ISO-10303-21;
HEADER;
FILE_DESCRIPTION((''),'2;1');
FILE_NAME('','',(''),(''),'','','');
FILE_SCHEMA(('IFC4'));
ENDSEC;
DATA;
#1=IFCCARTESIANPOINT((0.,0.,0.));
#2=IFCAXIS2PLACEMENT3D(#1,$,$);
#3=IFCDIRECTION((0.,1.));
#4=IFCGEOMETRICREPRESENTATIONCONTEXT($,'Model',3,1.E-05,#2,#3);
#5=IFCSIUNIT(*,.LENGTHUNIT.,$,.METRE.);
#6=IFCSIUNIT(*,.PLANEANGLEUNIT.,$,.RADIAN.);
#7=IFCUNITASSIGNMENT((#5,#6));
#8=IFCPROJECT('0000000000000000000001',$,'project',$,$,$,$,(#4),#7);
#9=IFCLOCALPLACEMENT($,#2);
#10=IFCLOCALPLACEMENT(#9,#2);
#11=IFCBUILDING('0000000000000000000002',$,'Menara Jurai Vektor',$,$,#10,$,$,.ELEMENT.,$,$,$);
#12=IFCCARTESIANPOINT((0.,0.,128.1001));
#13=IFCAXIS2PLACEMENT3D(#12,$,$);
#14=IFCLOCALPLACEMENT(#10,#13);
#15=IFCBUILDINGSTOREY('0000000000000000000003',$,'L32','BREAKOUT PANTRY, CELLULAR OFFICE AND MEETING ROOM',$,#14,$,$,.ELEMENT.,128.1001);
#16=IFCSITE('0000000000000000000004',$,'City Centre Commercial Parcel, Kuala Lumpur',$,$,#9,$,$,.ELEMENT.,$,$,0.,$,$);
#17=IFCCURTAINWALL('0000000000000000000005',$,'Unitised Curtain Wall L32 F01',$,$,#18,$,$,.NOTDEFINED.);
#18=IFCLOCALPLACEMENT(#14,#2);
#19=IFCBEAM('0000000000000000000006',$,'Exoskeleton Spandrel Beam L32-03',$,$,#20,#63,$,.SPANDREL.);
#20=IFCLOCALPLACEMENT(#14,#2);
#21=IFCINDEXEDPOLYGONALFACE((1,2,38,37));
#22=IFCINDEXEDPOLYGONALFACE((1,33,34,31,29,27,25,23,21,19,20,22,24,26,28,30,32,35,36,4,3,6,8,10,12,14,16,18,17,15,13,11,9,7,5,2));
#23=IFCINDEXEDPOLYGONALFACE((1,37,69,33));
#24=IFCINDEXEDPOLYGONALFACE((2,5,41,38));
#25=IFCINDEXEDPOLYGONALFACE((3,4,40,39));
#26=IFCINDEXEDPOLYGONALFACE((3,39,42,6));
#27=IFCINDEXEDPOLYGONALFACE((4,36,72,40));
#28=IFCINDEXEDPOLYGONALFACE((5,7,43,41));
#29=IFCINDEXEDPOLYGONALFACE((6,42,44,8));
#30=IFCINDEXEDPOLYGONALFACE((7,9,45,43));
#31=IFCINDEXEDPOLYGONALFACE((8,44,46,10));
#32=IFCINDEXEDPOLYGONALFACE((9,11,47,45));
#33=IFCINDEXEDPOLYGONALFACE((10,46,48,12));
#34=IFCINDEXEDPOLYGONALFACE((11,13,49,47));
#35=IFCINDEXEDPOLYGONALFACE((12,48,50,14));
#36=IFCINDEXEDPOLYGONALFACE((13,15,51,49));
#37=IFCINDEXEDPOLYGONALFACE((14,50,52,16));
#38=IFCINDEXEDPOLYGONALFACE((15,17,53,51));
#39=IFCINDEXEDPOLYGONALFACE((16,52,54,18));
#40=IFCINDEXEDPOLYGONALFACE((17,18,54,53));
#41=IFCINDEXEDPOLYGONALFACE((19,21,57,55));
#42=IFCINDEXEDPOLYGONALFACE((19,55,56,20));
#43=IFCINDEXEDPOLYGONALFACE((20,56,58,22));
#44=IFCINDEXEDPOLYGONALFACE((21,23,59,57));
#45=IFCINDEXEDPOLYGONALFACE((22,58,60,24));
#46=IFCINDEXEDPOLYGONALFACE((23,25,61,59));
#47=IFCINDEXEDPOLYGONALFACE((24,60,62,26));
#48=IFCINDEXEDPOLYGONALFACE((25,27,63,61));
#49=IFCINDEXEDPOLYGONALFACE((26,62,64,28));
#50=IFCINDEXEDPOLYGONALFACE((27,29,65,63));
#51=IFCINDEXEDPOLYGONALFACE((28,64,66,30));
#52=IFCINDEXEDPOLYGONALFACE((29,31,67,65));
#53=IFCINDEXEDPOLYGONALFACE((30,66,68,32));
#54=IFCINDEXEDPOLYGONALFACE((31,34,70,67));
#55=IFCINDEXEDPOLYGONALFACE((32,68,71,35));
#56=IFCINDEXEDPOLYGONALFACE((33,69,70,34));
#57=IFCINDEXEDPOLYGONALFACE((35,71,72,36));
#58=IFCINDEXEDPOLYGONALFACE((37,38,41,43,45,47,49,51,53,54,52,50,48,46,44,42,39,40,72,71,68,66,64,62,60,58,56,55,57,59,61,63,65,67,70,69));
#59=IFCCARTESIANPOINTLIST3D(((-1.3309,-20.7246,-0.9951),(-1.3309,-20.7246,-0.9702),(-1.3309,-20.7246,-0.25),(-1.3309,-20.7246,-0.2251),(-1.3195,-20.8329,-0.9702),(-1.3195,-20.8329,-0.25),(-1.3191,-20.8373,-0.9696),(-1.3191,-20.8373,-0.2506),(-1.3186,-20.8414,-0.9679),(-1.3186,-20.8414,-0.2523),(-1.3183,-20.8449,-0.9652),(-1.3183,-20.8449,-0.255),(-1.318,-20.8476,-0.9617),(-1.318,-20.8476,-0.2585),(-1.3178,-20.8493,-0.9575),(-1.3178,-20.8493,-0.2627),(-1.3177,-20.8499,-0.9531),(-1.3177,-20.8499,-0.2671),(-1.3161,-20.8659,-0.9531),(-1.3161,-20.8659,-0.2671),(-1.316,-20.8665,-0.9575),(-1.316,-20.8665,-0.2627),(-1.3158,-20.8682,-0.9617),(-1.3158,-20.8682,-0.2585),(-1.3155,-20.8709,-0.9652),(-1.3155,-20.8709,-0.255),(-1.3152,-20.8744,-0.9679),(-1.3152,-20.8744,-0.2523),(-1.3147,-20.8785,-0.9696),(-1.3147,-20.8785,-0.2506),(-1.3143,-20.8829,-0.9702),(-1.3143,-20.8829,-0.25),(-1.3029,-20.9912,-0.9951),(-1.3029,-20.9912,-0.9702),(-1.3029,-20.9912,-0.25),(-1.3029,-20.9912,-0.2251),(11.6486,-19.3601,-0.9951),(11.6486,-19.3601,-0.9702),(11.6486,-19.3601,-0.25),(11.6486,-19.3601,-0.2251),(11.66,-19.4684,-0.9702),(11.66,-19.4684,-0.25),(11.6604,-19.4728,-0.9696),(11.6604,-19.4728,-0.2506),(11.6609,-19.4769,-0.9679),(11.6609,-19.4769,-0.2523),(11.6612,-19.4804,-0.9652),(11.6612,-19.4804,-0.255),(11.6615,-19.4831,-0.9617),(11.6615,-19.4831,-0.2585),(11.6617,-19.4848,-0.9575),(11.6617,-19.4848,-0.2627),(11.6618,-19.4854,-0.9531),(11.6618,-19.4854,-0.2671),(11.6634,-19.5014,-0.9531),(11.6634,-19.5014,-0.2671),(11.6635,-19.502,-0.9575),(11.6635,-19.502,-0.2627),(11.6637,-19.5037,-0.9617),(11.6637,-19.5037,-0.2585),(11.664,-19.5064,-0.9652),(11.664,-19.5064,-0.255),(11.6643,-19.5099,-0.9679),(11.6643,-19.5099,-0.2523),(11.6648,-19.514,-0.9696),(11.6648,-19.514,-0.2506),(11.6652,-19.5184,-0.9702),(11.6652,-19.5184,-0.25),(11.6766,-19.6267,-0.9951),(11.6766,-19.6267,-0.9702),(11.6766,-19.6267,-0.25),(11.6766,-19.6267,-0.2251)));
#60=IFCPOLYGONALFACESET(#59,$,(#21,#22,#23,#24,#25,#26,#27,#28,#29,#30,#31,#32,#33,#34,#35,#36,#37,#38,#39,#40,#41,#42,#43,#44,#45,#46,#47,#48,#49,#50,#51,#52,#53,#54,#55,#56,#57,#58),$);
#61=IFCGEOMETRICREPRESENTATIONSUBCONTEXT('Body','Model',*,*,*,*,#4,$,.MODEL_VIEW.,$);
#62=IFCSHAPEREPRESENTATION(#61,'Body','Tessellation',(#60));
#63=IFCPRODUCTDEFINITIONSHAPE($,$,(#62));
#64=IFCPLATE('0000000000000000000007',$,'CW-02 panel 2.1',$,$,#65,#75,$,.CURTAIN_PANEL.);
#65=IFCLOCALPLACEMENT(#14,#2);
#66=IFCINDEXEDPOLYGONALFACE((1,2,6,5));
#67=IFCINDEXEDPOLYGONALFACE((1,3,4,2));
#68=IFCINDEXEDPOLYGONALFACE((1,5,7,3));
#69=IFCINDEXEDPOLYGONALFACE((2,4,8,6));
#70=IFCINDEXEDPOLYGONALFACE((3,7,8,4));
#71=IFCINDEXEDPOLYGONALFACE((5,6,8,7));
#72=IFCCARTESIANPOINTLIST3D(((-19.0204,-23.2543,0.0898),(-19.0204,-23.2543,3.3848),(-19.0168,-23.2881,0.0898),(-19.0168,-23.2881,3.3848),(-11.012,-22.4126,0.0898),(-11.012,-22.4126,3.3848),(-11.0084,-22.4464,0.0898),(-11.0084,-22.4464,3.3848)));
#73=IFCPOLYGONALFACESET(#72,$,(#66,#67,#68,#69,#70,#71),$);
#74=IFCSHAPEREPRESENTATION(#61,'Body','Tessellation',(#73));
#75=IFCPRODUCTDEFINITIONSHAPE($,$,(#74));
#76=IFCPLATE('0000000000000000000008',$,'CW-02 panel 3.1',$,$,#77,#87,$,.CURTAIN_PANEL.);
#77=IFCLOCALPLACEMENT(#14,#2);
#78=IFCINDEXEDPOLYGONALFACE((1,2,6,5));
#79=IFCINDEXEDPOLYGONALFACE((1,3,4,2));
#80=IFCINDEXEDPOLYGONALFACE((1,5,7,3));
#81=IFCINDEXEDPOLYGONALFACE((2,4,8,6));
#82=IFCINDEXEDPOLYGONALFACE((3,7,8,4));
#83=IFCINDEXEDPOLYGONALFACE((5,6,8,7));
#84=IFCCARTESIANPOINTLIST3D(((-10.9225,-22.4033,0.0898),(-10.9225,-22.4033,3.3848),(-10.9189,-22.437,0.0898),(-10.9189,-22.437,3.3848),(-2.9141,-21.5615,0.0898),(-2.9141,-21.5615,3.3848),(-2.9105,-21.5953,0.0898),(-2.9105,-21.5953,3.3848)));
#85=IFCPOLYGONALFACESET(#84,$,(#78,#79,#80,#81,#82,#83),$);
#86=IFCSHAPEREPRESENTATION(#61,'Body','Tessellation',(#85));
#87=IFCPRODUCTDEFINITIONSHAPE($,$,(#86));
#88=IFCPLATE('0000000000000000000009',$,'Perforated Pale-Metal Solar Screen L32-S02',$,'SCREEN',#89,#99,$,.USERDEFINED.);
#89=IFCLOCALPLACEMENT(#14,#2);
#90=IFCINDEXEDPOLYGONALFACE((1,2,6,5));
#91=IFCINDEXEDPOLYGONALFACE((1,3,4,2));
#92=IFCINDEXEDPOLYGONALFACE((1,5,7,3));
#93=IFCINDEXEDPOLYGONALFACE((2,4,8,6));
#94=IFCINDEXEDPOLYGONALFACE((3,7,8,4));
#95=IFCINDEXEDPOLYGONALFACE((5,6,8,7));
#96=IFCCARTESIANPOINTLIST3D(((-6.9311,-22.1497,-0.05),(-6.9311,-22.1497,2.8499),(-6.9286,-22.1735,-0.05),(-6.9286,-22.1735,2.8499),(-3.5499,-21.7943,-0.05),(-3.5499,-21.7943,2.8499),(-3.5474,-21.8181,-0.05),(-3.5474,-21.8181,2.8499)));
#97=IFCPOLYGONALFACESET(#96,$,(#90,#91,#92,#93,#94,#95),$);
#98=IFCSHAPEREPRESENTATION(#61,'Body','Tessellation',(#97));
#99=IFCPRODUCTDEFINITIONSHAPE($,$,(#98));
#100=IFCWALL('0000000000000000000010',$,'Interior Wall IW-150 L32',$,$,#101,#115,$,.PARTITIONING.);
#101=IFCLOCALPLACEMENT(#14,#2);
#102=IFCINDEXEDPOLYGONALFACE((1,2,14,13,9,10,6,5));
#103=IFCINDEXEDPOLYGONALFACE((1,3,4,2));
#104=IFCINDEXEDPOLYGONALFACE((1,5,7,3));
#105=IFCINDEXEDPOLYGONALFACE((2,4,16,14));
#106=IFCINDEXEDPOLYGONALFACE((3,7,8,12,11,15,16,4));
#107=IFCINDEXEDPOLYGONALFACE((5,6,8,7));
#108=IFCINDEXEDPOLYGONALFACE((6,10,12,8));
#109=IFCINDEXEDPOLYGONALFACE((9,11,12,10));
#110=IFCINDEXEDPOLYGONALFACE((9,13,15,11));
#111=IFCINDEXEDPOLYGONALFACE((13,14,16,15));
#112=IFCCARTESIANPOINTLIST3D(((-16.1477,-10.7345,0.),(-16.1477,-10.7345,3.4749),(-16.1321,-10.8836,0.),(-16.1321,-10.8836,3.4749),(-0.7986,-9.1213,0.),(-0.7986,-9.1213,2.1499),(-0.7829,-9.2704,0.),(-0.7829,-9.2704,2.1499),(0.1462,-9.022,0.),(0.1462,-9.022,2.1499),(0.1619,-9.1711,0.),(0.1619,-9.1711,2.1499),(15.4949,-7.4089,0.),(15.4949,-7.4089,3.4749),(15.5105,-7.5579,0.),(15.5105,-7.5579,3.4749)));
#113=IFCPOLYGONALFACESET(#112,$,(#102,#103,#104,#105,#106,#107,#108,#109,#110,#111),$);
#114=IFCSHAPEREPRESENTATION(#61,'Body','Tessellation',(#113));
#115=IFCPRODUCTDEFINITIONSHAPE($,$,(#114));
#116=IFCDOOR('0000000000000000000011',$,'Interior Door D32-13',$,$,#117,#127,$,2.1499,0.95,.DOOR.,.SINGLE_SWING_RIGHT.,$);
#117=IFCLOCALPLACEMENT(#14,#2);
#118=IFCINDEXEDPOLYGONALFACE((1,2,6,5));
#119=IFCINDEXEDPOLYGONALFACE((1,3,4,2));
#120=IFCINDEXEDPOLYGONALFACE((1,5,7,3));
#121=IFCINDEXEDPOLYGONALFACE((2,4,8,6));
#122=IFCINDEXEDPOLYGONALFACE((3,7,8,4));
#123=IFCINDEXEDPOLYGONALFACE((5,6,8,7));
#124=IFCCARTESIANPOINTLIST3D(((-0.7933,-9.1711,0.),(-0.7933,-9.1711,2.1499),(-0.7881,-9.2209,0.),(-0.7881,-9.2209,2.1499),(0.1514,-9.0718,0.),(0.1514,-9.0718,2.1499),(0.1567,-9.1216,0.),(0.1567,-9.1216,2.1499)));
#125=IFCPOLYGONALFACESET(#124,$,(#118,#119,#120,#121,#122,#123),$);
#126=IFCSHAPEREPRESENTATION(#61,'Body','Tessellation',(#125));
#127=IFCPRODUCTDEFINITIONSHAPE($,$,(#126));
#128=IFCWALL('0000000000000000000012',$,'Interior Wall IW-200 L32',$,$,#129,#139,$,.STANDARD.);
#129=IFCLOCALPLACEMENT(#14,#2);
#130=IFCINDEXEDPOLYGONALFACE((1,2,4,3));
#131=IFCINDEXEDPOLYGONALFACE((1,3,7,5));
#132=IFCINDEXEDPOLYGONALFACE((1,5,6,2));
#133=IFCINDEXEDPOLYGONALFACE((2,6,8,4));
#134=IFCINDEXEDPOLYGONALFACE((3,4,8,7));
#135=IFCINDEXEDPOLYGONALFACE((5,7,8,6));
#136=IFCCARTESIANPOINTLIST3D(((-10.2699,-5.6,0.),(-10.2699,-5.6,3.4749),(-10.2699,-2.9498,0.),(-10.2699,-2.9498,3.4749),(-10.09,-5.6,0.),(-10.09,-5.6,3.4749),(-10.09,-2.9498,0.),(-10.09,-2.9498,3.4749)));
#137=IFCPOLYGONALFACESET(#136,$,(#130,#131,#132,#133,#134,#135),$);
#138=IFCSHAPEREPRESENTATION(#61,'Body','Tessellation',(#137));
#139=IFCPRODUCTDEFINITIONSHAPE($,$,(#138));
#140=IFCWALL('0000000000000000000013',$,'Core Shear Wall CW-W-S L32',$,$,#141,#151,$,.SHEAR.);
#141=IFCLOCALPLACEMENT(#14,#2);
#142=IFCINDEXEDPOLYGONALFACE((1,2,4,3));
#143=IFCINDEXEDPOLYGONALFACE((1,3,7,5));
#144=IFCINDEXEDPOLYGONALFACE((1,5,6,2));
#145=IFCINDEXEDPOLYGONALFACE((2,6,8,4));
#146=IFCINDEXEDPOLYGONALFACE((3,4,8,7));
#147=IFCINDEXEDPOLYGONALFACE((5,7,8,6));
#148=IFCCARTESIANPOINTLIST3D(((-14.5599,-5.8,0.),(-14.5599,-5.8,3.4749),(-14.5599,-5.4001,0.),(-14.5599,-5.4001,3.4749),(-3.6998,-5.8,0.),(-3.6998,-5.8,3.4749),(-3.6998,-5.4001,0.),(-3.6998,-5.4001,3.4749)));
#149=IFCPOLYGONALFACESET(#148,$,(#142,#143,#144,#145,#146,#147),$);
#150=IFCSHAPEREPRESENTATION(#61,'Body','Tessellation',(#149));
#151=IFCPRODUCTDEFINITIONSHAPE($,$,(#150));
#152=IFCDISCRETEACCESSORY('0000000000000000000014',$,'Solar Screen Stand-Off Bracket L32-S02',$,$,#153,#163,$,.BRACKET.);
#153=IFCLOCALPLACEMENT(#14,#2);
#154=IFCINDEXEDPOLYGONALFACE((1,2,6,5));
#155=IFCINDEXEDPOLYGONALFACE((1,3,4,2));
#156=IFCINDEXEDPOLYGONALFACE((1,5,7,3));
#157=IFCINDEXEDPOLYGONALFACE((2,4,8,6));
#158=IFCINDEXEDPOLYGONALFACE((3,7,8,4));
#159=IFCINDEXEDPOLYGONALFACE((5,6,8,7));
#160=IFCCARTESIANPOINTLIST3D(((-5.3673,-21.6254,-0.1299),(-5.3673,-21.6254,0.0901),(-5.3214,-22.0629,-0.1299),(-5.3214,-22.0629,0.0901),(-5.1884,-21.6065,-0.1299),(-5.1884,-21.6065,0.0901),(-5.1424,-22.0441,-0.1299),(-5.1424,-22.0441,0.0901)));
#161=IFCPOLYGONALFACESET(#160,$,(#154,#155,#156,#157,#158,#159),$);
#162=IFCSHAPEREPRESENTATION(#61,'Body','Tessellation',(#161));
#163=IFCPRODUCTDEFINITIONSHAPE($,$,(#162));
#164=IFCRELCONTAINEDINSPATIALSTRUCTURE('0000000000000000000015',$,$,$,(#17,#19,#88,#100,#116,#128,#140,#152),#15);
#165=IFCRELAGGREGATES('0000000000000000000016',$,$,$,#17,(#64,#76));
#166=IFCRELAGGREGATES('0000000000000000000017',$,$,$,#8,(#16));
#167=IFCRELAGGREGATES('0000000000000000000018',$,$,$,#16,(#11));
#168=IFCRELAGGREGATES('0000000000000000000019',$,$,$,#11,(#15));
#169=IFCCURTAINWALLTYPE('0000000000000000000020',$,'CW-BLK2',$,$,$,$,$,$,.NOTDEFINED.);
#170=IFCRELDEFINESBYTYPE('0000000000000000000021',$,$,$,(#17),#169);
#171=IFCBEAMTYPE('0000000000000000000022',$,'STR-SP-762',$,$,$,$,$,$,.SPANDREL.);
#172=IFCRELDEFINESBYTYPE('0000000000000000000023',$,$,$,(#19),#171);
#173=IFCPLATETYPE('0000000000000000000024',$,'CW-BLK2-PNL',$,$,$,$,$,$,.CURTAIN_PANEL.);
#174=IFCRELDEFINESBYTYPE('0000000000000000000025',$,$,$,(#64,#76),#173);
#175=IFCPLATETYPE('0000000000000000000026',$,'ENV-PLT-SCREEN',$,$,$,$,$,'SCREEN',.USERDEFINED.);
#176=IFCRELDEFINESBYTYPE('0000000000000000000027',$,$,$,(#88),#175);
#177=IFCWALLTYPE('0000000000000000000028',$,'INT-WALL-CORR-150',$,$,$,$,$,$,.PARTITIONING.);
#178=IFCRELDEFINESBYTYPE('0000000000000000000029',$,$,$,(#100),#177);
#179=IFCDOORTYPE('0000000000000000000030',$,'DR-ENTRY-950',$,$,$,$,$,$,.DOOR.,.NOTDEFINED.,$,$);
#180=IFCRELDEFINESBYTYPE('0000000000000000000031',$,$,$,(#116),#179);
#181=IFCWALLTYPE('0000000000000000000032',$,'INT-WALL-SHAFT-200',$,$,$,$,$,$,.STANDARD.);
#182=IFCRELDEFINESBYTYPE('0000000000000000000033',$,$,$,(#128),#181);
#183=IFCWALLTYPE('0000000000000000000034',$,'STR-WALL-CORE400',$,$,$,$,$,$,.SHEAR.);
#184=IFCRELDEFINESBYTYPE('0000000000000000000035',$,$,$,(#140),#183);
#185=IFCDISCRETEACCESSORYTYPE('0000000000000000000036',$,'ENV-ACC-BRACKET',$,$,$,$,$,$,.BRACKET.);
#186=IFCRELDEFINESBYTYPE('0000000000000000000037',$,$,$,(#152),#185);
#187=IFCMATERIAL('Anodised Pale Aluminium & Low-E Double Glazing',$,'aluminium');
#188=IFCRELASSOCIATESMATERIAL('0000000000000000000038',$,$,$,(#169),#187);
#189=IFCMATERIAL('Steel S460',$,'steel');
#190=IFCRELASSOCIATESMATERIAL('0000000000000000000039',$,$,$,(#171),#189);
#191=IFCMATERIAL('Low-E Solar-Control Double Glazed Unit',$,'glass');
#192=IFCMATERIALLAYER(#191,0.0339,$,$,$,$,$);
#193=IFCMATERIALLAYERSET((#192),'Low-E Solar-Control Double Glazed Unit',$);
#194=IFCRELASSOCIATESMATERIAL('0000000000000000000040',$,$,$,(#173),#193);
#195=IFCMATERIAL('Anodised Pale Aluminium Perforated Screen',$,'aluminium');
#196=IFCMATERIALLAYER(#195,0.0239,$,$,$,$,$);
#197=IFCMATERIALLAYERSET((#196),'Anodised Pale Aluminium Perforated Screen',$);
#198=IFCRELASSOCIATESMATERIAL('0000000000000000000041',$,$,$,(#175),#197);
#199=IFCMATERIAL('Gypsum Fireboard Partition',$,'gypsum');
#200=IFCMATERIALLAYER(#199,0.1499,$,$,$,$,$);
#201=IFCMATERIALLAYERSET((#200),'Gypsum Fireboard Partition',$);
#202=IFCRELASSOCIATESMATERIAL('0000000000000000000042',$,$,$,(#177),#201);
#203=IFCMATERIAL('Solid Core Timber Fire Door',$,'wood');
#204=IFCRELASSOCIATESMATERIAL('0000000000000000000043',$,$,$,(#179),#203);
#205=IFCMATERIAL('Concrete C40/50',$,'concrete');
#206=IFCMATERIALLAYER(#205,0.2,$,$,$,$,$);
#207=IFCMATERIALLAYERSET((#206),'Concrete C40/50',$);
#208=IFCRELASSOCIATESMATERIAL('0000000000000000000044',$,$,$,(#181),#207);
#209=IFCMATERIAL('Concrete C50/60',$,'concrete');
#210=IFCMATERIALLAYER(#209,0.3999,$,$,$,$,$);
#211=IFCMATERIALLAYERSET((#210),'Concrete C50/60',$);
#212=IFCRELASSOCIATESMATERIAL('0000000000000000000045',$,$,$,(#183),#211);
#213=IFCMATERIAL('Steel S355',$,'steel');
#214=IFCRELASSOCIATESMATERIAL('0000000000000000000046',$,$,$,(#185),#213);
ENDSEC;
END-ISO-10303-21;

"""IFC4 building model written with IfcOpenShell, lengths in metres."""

from ifc_helpers import new_model, si_unit, direction, frame, frame_2d, origin, origin_2d, place, context, subcontext, project, spatial, rectangle, i_section, extrude, material, layer, layer_set, material_profile, profile_set, type_object, element, fill, aggregate, save


model = new_model("IFC4")

# Units and contexts
model_context = context("Model", 3, precision=1e-05, world=origin(), true_north=direction((0.0, 1.0)))
body_context = subcontext(model_context, "Body", "Model", "MODEL_VIEW")
ifc_project = project(units=[si_unit("LENGTHUNIT", "METRE"), si_unit("PLANEANGLEUNIT", "RADIAN")], contexts=[model_context])

# Site, building, storey
site_placement = place(None, origin())
site = spatial("IfcSite", under=ifc_project, at=site_placement, Name="City Centre Commercial Parcel, Kuala Lumpur", CompositionType="ELEMENT", RefElevation=0.0)
building_placement = place(site_placement, origin())
building = spatial("IfcBuilding", under=site, at=building_placement, Name="Menara Jurai Vektor", CompositionType="ELEMENT")
storey_placement = place(building_placement, frame((0.0, 0.0, 128.1001)))
storey = spatial("IfcBuildingStorey", under=building, at=storey_placement, Name="L32", Description="BREAKOUT PANTRY, CELLULAR OFFICE AND MEETING ROOM", CompositionType="ELEMENT", Elevation=128.1001)

# Shared definitions
ifc_material_1 = material(Name="Concrete C50/60", Category="concrete")
ifc_material_2 = material(Name="Steel S460", Category="steel")

# Curtain wall
ifc_material_3 = material(Name="Anodised Pale Aluminium & Low-E Double Glazing", Category="aluminium")
curtain_wall_type = type_object("IfcCurtainWallType", Name="CW-BLK2", PredefinedType="NOTDEFINED", material=ifc_material_3)
curtain_wall_placement = place(storey_placement, origin())
curtain_wall = element("IfcCurtainWall", 1, at=curtain_wall_placement, inside=storey, type_object=curtain_wall_type, Name="Unitised Curtain Wall L32 F01", PredefinedType="NOTDEFINED")

# Beam
ifc_material_4 = material(Name="Steel S355", Category="steel")
ifc_material_profile_1 = material_profile(ifc_material_2, i_section(OverallWidth=0.2681, OverallDepth=0.77, WebThickness=0.0161, FlangeThickness=0.0249, FilletRadius=0.0171, at=origin_2d()), Name="UKB 762x267x197")
ifc_profile_set_1 = profile_set([ifc_material_profile_1], Name="Steel S460")
beam_type_1 = type_object("IfcBeamType", Name="STR-SP-762", PredefinedType="SPANDREL", material=ifc_profile_set_1)
beam_1_placement = place(storey_placement, frame((-1.3169, -20.8579, -0.6101), z_axis=(0.994519, 0.104551, 0.0), x_axis=(-0.104551, 0.994519, 0.0)))
element("IfcBeam", 2, at=beam_1_placement, inside=storey, type_object=beam_type_1, Name="Exoskeleton Spandrel Beam L32-03", PredefinedType="SPANDREL", context=body_context, shape_type="SweptSolid", body=[
    extrude(i_section(OverallWidth=0.2681, OverallDepth=0.77, WebThickness=0.0161, FlangeThickness=0.0249, FilletRadius=0.0171, at=origin_2d()), origin(), (0.0, 0.0, 1.0), 13.051),
])

# Plates
ifc_material_5 = material(Name="Low-E Solar-Control Double Glazed Unit", Category="glass")
ifc_layer_1 = layer(ifc_material_5, 0.0339)
ifc_layer_set_1 = layer_set([ifc_layer_1], Name="Low-E Solar-Control Double Glazed Unit")
plate_type_1 = type_object("IfcPlateType", Name="CW-BLK2-PNL", PredefinedType="CURTAIN_PANEL", material=ifc_layer_set_1)
plate_1_placement = place(storey_placement, frame((-15.0144, -22.8503, 0.0898), z_axis=(0.0, 0.0, 1.0), x_axis=(0.994522, 0.104529, 0.0)))
plate_1 = element("IfcPlate", 3, at=plate_1_placement, type_object=plate_type_1, Name="CW-02 panel 2.1", PredefinedType="CURTAIN_PANEL", context=body_context, shape_type="SweptSolid", body=[
    extrude(rectangle(XDim=8.0525, YDim=0.0339, at=origin_2d()), origin(), (0.0, 0.0, 1.0), 3.2949),
])
plate_2_placement = place(storey_placement, frame((-6.9165, -21.9993, 0.0898), z_axis=(0.0, 0.0, 1.0), x_axis=(0.994522, 0.104529, 0.0)))
plate_2 = element("IfcPlate", 4, at=plate_2_placement, type_object=plate_type_1, Name="CW-02 panel 3.1", PredefinedType="CURTAIN_PANEL", context=body_context, shape_type="SweptSolid", body=[
    extrude(rectangle(XDim=8.0525, YDim=0.0339, at=origin_2d()), origin(), (0.0, 0.0, 1.0), 3.2949),
])
aggregate(curtain_wall, [plate_1, plate_2])
ifc_material_6 = material(Name="Anodised Pale Aluminium Perforated Screen", Category="aluminium")
ifc_layer_2 = layer(ifc_material_6, 0.0239)
ifc_layer_set_2 = layer_set([ifc_layer_2], Name="Anodised Pale Aluminium Perforated Screen")
plate_type_2 = type_object("IfcPlateType", Name="ENV-PLT-SCREEN", ElementType="SCREEN", PredefinedType="USERDEFINED", material=ifc_layer_set_2)
plate_3_placement = place(storey_placement, frame((-5.2393, -21.9839, -0.05), z_axis=(0.0, 0.0, 1.0), x_axis=(0.994522, 0.104528, 0.0)))
element("IfcPlate", 5, at=plate_3_placement, inside=storey, type_object=plate_type_2, Name="Perforated Pale-Metal Solar Screen L32-S02", ObjectType="SCREEN", PredefinedType="USERDEFINED", context=body_context, shape_type="SweptSolid", body=[
    extrude(rectangle(XDim=3.3999, YDim=0.0239, at=origin_2d()), origin(), (0.0, 0.0, 1.0), 2.8999),
])

# Wall, opening, door
ifc_material_7 = material(Name="Gypsum Fireboard Partition", Category="gypsum")
ifc_layer_3 = layer(ifc_material_7, 0.1499)
ifc_layer_set_3 = layer_set([ifc_layer_3], Name="Gypsum Fireboard Partition")
wall_type_1 = type_object("IfcWallType", Name="INT-WALL-CORR-150", PredefinedType="PARTITIONING", material=ifc_layer_set_3)
wall_1_placement = place(storey_placement, frame((-16.1399, -10.8091, 0.0), z_axis=(0.0, 0.0, 1.0), x_axis=(0.994522, 0.104526, 0.0)))
wall_1 = element("IfcWall", 6, at=wall_1_placement, inside=storey, type_object=wall_type_1, Name="Interior Wall IW-150 L32", PredefinedType="PARTITIONING", context=body_context, shape_type="SweptSolid", body=[
    extrude(rectangle(XDim=31.8169, YDim=0.1499, at=frame_2d((15.9084, 0.0))), origin(), (0.0, 0.0, 1.0), 3.4749),
])
opening_placement = place(wall_1_placement, frame((15.4336, 0.0, 0.0)))
opening = element("IfcOpeningElement", 7, at=opening_placement, cuts=wall_1, PredefinedType="OPENING", context=body_context, shape_type="SweptSolid", body=[
    extrude(rectangle(XDim=0.95, YDim=2.1499, at=frame_2d((0.4751, 1.075))), frame((0.0, 0.085, 0.0), z_axis=(0.0, -1.0, 0.0), x_axis=(1.0, 0.0, 0.0)), (0.0, 0.0, 1.0), 0.1699),
])
ifc_material_8 = material(Name="Solid Core Timber Fire Door", Category="wood")
door_type = type_object("IfcDoorType", Name="DR-ENTRY-950", OperationType="NOTDEFINED", PredefinedType="DOOR", material=ifc_material_8)
door_placement = place(opening_placement, origin())
door = element("IfcDoor", 8, at=door_placement, inside=storey, type_object=door_type, Name="Interior Door D32-13", OperationType="SINGLE_SWING_RIGHT", OverallHeight=2.1499, OverallWidth=0.95, PredefinedType="DOOR", context=body_context, shape_type="SweptSolid", body=[
    extrude(rectangle(XDim=0.95, YDim=2.1499, at=frame_2d((0.4751, 1.075))), frame((0.0, 0.0249, 0.0), z_axis=(0.0, -1.0, 0.0), x_axis=(1.0, 0.0, 0.0)), (0.0, 0.0, 1.0), 0.05),
])
fill(opening, door)

# Walls
ifc_material_9 = material(Name="Concrete C40/50", Category="concrete")
ifc_layer_4 = layer(ifc_material_9, 0.2)
ifc_layer_set_4 = layer_set([ifc_layer_4], Name="Concrete C40/50")
wall_type_2 = type_object("IfcWallType", Name="INT-WALL-SHAFT-200", PredefinedType="STANDARD", material=ifc_layer_set_4)
wall_2_placement = place(storey_placement, frame((-10.1799, -5.6001, 0.0), z_axis=(0.0, 0.0, 1.0), x_axis=(0.0, 1.0, 0.0)))
element("IfcWall", 9, at=wall_2_placement, inside=storey, type_object=wall_type_2, Name="Interior Wall IW-200 L32", PredefinedType="STANDARD", context=body_context, shape_type="SweptSolid", body=[
    extrude(rectangle(XDim=2.6501, YDim=0.1799, at=frame_2d((1.3252, 0.0))), origin(), (0.0, 0.0, 1.0), 3.4749),
])
ifc_layer_5 = layer(ifc_material_1, 0.3999)
ifc_layer_set_5 = layer_set([ifc_layer_5], Name="Concrete C50/60")
wall_type_3 = type_object("IfcWallType", Name="STR-WALL-CORE400", PredefinedType="SHEAR", material=ifc_layer_set_5)
wall_3_placement = place(storey_placement, frame((-14.5601, -5.6001, 0.0), z_axis=(0.0, 0.0, 1.0), x_axis=(1.0, 0.0, 0.0)))
element("IfcWall", 10, at=wall_3_placement, inside=storey, type_object=wall_type_3, Name="Core Shear Wall CW-W-S L32", PredefinedType="SHEAR", context=body_context, shape_type="SweptSolid", body=[
    extrude(rectangle(XDim=10.8601, YDim=0.3999, at=frame_2d((5.4302, 0.0))), origin(), (0.0, 0.0, 1.0), 3.4749),
])

# Discrete accessory
discrete_accessory_type = type_object("IfcDiscreteAccessoryType", Name="ENV-ACC-BRACKET", PredefinedType="BRACKET", material=ifc_material_4)
discrete_accessory_placement = place(storey_placement, frame((-5.2549, -21.8347, -0.1299), z_axis=(0.0, 0.0, 1.0), x_axis=(0.994522, 0.104528, 0.0)))
element("IfcDiscreteAccessory", 11, at=discrete_accessory_placement, inside=storey, type_object=discrete_accessory_type, Name="Solar Screen Stand-Off Bracket L32-S02", PredefinedType="BRACKET", context=body_context, shape_type="SweptSolid", body=[
    extrude(rectangle(XDim=0.1799, YDim=0.4399, at=origin_2d()), origin(), (0.0, 0.0, 1.0), 0.22),
])

save(model, "model.ifc")
